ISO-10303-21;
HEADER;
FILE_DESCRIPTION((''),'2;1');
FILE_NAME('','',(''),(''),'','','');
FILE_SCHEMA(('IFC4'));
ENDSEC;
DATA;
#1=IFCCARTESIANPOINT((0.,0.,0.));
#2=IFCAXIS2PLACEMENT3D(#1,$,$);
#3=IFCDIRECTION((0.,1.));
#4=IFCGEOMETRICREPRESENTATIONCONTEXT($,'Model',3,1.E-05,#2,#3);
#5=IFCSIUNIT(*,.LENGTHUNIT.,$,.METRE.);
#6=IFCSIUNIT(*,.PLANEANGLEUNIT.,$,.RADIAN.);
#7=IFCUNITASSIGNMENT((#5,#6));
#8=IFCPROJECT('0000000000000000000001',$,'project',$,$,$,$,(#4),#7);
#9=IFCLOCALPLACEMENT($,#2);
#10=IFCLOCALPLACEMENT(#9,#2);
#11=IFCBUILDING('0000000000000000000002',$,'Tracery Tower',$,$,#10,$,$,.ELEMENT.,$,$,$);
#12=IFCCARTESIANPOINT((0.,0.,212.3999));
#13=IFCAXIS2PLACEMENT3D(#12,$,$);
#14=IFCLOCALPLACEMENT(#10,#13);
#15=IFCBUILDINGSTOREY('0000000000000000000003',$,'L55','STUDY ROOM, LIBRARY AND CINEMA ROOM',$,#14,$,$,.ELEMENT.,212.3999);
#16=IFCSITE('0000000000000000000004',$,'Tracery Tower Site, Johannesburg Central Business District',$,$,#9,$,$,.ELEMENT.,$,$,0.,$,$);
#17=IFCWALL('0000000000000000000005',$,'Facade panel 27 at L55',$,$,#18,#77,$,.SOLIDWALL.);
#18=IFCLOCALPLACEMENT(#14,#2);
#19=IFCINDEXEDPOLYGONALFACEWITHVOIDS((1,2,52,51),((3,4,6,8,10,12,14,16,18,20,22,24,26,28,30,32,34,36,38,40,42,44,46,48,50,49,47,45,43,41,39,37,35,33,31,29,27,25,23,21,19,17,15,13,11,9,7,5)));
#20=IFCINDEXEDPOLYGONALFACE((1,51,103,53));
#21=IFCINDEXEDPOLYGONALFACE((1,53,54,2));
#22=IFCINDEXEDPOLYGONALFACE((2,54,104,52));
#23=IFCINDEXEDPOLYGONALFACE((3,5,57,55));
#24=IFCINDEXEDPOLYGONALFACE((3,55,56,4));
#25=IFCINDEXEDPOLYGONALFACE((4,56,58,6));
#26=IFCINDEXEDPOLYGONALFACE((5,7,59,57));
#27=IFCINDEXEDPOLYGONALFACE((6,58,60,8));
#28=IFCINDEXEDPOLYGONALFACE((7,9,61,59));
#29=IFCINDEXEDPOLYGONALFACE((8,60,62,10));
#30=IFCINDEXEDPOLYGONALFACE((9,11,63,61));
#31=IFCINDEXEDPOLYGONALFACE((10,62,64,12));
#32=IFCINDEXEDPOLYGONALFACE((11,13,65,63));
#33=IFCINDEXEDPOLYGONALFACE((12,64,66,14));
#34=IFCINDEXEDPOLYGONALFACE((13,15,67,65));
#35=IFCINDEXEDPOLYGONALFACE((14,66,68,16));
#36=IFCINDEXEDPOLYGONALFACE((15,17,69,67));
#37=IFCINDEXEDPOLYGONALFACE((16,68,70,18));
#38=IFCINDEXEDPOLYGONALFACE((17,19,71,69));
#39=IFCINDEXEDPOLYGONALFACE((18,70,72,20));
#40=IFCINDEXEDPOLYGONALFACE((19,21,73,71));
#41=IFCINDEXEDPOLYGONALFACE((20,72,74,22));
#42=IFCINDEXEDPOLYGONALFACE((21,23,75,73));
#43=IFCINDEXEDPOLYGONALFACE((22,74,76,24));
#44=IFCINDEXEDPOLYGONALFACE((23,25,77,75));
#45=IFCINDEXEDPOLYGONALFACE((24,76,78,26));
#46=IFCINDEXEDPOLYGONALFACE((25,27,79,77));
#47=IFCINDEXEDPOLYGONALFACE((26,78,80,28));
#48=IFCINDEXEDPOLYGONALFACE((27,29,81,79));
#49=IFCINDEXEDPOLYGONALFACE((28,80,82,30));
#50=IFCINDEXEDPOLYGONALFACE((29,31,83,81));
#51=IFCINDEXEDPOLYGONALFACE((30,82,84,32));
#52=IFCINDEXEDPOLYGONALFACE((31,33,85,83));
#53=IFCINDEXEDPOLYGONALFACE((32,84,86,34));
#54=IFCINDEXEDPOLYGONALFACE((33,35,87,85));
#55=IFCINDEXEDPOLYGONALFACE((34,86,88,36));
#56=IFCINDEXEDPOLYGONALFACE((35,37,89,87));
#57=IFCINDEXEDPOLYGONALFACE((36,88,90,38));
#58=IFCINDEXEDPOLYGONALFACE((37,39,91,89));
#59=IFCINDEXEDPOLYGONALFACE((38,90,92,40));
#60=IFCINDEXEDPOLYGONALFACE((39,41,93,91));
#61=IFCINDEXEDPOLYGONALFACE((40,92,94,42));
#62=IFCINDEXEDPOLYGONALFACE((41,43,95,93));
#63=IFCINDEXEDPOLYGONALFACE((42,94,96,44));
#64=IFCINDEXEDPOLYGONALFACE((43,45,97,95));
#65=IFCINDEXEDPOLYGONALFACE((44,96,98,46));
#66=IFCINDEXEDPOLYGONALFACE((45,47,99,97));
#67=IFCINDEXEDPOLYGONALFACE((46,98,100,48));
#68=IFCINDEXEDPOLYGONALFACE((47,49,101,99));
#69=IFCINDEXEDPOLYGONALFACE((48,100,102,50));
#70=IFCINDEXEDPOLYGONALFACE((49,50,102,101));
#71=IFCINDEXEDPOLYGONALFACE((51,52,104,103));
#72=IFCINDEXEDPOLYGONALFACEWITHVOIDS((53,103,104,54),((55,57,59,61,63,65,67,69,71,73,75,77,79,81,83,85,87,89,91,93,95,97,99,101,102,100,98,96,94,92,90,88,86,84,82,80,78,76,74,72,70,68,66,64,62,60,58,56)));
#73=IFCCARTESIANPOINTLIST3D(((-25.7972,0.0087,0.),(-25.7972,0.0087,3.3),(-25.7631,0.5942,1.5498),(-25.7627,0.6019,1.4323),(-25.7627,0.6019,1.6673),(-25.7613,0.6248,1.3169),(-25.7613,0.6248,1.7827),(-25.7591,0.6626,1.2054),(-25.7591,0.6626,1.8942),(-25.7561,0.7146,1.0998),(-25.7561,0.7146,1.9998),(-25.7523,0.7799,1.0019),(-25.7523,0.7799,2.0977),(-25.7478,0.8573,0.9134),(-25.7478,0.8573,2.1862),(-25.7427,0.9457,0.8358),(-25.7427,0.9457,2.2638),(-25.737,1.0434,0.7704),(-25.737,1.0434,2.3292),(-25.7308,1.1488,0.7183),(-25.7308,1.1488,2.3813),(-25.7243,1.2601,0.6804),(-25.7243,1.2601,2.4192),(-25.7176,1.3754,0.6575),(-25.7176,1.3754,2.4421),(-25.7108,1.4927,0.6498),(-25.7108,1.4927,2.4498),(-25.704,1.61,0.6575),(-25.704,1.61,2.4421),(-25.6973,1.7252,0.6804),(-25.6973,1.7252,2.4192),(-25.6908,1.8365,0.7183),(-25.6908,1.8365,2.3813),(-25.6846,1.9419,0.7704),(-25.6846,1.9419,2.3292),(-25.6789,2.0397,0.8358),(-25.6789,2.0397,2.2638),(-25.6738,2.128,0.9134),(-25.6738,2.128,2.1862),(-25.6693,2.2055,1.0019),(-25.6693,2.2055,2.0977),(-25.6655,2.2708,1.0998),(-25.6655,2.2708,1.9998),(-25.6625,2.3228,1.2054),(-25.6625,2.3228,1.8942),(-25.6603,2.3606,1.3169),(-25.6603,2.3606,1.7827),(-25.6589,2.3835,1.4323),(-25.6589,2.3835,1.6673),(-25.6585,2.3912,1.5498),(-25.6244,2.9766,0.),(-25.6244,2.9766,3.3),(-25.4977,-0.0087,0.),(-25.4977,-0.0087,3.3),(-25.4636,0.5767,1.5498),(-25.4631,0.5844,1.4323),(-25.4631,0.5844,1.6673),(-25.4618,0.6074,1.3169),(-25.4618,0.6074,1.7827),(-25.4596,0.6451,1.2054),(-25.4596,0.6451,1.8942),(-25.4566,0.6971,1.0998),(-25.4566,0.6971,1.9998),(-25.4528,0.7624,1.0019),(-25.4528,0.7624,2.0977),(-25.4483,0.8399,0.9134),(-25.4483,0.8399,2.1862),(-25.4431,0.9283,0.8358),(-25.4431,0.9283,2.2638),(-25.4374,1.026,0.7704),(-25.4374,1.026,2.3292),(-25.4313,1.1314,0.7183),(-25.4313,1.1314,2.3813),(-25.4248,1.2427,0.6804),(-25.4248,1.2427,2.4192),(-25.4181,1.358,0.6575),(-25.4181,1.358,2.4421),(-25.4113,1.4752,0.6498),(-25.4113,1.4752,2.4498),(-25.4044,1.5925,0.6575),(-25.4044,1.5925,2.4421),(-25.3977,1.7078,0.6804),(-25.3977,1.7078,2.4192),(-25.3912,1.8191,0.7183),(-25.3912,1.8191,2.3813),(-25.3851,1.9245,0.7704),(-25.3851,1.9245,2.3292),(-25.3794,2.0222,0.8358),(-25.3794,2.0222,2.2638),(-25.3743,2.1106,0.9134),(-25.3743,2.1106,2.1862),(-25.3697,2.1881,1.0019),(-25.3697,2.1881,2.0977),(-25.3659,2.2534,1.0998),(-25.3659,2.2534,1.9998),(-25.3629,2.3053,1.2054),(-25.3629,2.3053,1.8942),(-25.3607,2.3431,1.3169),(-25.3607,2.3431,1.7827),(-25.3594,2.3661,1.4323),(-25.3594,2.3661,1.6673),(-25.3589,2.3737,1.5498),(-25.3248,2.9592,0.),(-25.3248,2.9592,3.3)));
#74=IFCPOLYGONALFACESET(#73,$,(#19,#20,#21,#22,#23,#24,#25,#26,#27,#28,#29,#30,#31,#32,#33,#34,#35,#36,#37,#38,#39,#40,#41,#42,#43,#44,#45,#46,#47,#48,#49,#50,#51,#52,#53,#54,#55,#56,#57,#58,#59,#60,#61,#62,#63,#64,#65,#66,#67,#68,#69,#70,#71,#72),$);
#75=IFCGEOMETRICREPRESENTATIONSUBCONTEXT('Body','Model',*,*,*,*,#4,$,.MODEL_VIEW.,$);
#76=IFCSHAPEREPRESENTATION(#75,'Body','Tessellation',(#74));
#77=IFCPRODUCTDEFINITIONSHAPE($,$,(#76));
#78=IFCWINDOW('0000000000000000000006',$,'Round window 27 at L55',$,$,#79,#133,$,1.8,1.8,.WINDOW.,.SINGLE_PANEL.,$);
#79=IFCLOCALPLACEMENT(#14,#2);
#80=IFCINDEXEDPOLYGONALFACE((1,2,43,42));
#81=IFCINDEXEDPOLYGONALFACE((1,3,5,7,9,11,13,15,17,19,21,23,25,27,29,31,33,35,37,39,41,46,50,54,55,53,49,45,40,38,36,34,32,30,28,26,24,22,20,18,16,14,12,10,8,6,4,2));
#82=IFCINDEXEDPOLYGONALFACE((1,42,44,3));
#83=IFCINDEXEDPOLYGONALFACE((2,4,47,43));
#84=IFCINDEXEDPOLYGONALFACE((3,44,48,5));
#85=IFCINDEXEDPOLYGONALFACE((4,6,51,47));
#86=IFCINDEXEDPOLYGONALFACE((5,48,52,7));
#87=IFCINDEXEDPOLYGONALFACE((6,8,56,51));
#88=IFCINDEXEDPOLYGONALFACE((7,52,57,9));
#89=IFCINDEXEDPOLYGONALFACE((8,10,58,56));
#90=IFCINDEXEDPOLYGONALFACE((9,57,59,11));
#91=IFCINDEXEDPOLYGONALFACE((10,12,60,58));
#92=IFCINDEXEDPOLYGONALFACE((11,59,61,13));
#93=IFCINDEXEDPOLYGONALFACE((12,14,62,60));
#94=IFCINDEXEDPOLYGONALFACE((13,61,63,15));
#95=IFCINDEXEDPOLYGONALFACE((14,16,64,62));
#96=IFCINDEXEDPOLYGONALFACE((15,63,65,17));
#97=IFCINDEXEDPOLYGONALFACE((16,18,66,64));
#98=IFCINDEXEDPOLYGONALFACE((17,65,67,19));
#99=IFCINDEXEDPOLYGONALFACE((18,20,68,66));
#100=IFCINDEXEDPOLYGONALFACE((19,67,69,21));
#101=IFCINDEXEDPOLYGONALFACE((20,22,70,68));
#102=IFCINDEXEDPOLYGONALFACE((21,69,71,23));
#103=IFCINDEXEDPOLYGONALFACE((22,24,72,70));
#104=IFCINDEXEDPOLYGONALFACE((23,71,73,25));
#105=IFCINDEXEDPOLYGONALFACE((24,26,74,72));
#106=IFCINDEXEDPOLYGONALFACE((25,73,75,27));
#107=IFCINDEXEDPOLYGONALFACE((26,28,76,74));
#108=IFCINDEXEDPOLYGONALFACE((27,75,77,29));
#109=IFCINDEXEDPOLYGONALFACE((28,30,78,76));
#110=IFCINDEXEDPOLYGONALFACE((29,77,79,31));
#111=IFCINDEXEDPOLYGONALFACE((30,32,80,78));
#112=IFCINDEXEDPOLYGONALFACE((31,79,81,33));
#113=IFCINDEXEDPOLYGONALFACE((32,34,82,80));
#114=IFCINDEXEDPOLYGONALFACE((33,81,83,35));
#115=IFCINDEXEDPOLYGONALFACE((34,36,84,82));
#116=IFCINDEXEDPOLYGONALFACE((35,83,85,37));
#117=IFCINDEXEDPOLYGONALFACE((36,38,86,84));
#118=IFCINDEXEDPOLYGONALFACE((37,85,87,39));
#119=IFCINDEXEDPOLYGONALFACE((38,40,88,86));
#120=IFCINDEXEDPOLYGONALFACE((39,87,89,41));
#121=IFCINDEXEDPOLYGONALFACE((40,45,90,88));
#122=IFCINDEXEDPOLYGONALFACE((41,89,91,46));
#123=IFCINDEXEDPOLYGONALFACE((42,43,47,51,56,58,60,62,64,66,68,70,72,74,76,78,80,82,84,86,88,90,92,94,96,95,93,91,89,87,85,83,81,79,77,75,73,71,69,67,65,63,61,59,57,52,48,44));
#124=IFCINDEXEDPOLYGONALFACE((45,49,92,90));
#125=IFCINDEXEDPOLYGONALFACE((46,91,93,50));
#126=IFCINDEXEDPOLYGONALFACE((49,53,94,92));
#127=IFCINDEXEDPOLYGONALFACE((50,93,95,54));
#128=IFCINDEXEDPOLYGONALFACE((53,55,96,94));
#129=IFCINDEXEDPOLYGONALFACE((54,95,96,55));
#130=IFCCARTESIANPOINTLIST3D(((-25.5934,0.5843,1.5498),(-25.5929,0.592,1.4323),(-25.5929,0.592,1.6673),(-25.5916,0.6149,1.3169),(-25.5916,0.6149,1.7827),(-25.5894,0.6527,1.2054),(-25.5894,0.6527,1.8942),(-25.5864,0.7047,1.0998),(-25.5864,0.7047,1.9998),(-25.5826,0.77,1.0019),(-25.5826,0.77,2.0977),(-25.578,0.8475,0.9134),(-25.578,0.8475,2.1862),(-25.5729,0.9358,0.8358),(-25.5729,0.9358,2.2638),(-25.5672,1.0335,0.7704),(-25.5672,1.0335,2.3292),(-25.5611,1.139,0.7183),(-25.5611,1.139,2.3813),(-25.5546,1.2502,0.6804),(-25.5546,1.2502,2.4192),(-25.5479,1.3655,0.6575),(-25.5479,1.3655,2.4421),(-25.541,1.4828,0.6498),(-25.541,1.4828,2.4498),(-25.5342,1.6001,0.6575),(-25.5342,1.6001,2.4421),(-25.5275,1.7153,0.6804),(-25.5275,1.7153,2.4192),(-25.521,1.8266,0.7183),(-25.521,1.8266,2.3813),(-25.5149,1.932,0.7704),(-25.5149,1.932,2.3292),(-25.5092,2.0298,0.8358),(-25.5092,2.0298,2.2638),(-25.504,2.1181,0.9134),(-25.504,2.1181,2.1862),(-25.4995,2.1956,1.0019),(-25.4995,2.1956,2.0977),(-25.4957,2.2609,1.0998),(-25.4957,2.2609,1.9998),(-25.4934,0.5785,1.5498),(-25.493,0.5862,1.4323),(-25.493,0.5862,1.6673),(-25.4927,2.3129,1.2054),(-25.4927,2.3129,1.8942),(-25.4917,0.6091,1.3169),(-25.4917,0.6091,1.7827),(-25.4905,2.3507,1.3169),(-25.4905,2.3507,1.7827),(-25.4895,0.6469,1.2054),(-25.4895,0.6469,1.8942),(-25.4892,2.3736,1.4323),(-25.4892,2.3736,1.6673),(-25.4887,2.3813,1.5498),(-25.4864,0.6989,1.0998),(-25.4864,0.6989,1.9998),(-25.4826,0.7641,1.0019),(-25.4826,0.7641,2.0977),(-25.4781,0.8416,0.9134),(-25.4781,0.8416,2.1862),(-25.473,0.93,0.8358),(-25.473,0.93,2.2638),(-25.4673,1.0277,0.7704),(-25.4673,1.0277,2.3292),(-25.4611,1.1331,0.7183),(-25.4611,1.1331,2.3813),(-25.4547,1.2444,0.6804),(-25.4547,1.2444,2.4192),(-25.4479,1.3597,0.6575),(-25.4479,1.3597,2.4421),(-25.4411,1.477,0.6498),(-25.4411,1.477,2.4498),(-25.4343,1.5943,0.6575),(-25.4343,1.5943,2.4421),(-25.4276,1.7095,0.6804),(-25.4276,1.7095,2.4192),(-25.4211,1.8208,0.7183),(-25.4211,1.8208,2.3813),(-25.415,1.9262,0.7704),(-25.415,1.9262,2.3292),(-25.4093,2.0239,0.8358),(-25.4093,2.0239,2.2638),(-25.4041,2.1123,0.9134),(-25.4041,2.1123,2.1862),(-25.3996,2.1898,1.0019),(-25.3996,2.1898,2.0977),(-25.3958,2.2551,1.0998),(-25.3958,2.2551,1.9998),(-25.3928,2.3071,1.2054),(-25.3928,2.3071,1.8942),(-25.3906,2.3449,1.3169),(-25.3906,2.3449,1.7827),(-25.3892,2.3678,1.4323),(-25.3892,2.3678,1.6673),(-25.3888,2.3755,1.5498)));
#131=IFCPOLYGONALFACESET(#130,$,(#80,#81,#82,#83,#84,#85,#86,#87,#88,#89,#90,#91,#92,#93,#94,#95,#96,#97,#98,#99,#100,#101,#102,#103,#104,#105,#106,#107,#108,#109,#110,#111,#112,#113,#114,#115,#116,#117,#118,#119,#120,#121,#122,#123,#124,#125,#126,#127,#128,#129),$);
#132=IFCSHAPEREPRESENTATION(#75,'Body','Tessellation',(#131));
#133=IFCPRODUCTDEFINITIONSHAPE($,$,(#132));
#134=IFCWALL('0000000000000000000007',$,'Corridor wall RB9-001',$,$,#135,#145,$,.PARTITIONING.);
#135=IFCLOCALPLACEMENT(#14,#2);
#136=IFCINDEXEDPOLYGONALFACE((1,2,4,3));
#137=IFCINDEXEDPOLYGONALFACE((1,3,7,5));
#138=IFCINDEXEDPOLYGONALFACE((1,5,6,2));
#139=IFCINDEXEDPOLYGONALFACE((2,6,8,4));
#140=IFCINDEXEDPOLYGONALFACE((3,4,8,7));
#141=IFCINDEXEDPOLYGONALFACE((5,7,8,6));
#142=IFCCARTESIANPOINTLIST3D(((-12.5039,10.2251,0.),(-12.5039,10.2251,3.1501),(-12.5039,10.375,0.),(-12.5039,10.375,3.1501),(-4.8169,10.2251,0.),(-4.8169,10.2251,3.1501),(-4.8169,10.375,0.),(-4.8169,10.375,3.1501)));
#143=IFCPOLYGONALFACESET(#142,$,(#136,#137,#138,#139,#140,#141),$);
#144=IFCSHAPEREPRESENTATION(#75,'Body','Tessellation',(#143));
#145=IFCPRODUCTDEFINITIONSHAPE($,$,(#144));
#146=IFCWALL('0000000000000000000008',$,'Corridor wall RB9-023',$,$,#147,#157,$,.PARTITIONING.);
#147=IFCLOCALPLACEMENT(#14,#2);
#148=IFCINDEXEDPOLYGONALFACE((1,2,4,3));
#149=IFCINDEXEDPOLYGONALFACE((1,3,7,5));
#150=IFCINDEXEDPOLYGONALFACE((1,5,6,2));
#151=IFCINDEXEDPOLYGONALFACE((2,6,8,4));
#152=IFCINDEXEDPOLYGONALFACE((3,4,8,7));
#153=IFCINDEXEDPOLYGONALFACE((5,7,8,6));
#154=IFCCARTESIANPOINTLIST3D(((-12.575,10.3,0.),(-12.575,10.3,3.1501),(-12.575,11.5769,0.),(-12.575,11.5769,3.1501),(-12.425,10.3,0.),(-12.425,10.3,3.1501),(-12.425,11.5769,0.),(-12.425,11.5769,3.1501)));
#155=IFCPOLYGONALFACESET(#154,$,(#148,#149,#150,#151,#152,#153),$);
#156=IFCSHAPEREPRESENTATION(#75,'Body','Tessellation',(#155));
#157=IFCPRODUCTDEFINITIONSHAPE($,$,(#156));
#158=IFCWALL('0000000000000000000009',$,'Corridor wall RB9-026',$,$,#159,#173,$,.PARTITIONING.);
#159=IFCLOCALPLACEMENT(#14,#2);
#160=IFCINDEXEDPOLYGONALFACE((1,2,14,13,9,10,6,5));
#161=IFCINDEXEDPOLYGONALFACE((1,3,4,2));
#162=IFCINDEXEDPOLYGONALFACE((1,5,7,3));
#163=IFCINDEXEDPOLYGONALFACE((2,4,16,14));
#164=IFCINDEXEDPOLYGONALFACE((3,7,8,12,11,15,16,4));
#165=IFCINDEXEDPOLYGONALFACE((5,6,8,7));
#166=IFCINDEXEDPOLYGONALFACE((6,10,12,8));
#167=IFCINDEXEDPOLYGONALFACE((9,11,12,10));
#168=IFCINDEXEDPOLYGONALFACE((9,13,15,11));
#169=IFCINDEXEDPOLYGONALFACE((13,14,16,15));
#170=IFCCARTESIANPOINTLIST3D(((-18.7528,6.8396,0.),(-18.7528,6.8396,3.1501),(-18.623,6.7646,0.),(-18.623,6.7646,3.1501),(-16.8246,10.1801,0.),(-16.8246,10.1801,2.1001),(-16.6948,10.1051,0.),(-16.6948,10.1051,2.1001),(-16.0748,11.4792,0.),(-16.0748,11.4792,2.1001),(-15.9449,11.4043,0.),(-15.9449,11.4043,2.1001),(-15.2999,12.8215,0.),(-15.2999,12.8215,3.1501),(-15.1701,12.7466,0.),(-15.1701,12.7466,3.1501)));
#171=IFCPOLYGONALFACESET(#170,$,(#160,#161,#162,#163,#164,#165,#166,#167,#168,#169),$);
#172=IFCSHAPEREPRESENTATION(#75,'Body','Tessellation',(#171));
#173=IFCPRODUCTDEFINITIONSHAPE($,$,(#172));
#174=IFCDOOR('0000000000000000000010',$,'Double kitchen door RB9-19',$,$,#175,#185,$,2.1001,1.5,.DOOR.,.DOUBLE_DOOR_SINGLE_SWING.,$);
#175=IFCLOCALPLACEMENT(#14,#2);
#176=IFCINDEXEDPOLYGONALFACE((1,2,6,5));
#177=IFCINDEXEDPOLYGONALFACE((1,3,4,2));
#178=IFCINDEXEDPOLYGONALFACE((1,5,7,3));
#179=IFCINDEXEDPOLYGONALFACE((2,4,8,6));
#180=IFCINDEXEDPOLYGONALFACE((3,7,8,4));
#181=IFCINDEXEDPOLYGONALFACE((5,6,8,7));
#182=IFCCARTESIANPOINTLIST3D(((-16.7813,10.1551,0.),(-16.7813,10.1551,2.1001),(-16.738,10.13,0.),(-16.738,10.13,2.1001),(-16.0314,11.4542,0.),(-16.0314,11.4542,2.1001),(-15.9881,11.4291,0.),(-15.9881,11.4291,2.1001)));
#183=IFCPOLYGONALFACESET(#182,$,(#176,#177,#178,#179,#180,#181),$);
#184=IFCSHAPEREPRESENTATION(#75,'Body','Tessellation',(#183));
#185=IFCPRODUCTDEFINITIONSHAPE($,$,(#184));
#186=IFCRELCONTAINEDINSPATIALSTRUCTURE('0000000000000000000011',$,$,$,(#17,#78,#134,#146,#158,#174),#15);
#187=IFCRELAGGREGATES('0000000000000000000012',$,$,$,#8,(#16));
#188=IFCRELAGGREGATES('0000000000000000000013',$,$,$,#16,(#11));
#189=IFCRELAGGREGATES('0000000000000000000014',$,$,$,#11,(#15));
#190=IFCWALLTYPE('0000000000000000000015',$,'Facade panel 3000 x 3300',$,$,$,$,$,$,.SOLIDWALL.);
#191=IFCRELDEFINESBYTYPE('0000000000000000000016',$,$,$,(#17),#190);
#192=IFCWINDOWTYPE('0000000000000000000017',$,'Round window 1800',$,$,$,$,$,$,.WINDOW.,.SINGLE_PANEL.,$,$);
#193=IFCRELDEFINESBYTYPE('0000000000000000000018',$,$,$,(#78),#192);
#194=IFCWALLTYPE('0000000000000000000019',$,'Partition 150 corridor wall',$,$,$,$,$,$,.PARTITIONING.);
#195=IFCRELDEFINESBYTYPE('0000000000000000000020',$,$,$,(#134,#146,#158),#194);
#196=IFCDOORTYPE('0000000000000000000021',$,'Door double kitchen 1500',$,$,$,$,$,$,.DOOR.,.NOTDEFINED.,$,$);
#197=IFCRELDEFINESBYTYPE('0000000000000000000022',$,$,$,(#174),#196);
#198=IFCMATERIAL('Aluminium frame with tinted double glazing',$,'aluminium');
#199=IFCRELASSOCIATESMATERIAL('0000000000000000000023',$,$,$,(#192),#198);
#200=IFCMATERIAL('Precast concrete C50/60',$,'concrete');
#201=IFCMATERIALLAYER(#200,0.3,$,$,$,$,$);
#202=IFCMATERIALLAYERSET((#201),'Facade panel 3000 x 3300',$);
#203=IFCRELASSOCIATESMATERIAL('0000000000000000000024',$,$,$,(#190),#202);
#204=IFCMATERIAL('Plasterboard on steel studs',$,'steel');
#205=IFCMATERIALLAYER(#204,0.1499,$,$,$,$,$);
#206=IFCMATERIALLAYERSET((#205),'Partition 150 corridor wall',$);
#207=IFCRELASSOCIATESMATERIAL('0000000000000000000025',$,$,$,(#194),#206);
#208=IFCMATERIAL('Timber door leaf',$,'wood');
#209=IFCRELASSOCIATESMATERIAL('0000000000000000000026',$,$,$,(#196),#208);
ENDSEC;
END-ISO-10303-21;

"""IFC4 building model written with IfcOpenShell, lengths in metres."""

from ifc_helpers import new_model, si_unit, direction, frame, frame_2d, origin, origin_2d, place, context, subcontext, project, spatial, rectangle, circle, extrude, material, layer, layer_set, type_object, element, fill, save


model = new_model("IFC4")

# Units and contexts
model_context = context("Model", 3, precision=1e-05, world=origin(), true_north=direction((0.0, 1.0)))
body_context = subcontext(model_context, "Body", "Model", "MODEL_VIEW")
ifc_project = project(units=[si_unit("LENGTHUNIT", "METRE"), si_unit("PLANEANGLEUNIT", "RADIAN")], contexts=[model_context])

# Site, building, storey
site_placement = place(None, origin())
site = spatial("IfcSite", under=ifc_project, at=site_placement, Name="Tracery Tower Site, Johannesburg Central Business District", CompositionType="ELEMENT", RefElevation=0.0)
building_placement = place(site_placement, origin())
building = spatial("IfcBuilding", under=site, at=building_placement, Name="Tracery Tower", CompositionType="ELEMENT")
storey_placement = place(building_placement, frame((0.0, 0.0, 212.3999)))
storey = spatial("IfcBuildingStorey", under=building, at=storey_placement, Name="L55", Description="STUDY ROOM, LIBRARY AND CINEMA ROOM", CompositionType="ELEMENT", Elevation=212.3999)

# Wall, opening, window
ifc_material_1 = material(Name="Aluminium frame with tinted double glazing", Category="aluminium")
window_type = type_object("IfcWindowType", Name="Round window 1800", PartitioningType="SINGLE_PANEL", PredefinedType="WINDOW", material=ifc_material_1)
ifc_material_2 = material(Name="Precast concrete C50/60", Category="concrete")
ifc_layer_1 = layer(ifc_material_2, 0.3)
ifc_layer_set_1 = layer_set([ifc_layer_1], Name="Facade panel 3000 x 3300")
wall_type_1 = type_object("IfcWallType", Name="Facade panel 3000 x 3300", PredefinedType="SOLIDWALL", material=ifc_layer_set_1)
wall_1_placement = place(storey_placement, frame((-25.4746, 2.9678, 0.0), z_axis=(0.0, 0.0, 1.0), x_axis=(-0.058144, -0.998308, 0.0)))
wall_1 = element("IfcWall", 1, at=wall_1_placement, inside=storey, type_object=wall_type_1, Name="Facade panel 27 at L55", PredefinedType="SOLIDWALL", context=body_context, shape_type="SweptSolid", body=[
    extrude(rectangle(XDim=2.9729, YDim=0.3, at=frame_2d((1.4863, 0.0))), origin(), (0.0, 0.0, 1.0), 3.3),
])
opening_1_placement = place(wall_1_placement, frame((1.4863, 0.0, 1.5498)))
opening_1 = element("IfcOpeningElement", 2, at=opening_1_placement, cuts=wall_1, PredefinedType="OPENING", context=body_context, shape_type="SweptSolid", body=[
    extrude(circle(Radius=0.9, at=origin_2d()), frame((0.0, 0.1599, 0.0), z_axis=(0.0, -1.0, 0.0), x_axis=(1.0, 0.0, 0.0)), (0.0, 0.0, 1.0), 0.3201),
])
window_1_placement = place(opening_1_placement, origin())
window_1 = element("IfcWindow", 3, at=window_1_placement, inside=storey, type_object=window_type, Name="Round window 27 at L55", OverallHeight=1.8, OverallWidth=1.8, PartitioningType="SINGLE_PANEL", PredefinedType="WINDOW", context=body_context, shape_type="SweptSolid", body=[
    extrude(circle(Radius=0.9, at=origin_2d()), frame((0.0, 0.1201, 0.0), z_axis=(0.0, -1.0, 0.0), x_axis=(1.0, 0.0, 0.0)), (0.0, 0.0, 1.0), 0.1001),
])
fill(opening_1, window_1)

# Walls
ifc_material_3 = material(Name="Plasterboard on steel studs", Category="steel")
ifc_layer_2 = layer(ifc_material_3, 0.1499)
ifc_layer_set_2 = layer_set([ifc_layer_2], Name="Partition 150 corridor wall")
wall_type_2 = type_object("IfcWallType", Name="Partition 150 corridor wall", PredefinedType="PARTITIONING", material=ifc_layer_set_2)
wall_2_placement = place(storey_placement, frame((-12.5039, 10.3, 0.0), z_axis=(0.0, 0.0, 1.0), x_axis=(1.0, 0.0, 0.0)))
element("IfcWall", 4, at=wall_2_placement, inside=storey, type_object=wall_type_2, Name="Corridor wall RB9-001", PredefinedType="PARTITIONING", context=body_context, shape_type="SweptSolid", body=[
    extrude(rectangle(XDim=7.687, YDim=0.1499, at=frame_2d((3.8435, 0.0))), origin(), (0.0, 0.0, 1.0), 3.1501),
])
wall_3_placement = place(storey_placement, frame((-12.5, 10.3, 0.0), z_axis=(0.0, 0.0, 1.0), x_axis=(0.0, 1.0, 0.0)))
element("IfcWall", 5, at=wall_3_placement, inside=storey, type_object=wall_type_2, Name="Corridor wall RB9-023", PredefinedType="PARTITIONING", context=body_context, shape_type="SweptSolid", body=[
    extrude(rectangle(XDim=1.2769, YDim=0.1499, at=frame_2d((0.6384, 0.0))), origin(), (0.0, 0.0, 1.0), 3.1501),
])

# Wall, opening, door
wall_4_placement = place(storey_placement, frame((-18.688, 6.802, 0.0), z_axis=(0.0, 0.0, 1.0), x_axis=(0.499914, 0.866075, 0.0)))
wall_4 = element("IfcWall", 6, at=wall_4_placement, inside=storey, type_object=wall_type_2, Name="Corridor wall RB9-026", PredefinedType="PARTITIONING", context=body_context, shape_type="SweptSolid", body=[
    extrude(rectangle(XDim=6.907, YDim=0.1499, at=frame_2d((3.4536, 0.0))), origin(), (0.0, 0.0, 1.0), 3.1501),
])
opening_2_placement = place(wall_4_placement, frame((3.8572, 0.0, 0.0)))
opening_2 = element("IfcOpeningElement", 7, at=opening_2_placement, cuts=wall_4, PredefinedType="OPENING", context=body_context, shape_type="SweptSolid", body=[
    extrude(rectangle(XDim=1.5, YDim=2.1001, at=frame_2d((0.75, 1.05))), frame((0.0, 0.075, 0.0), z_axis=(0.0, -1.0, 0.0), x_axis=(1.0, 0.0, 0.0)), (0.0, 0.0, 1.0), 0.1499),
])
ifc_material_4 = material(Name="Timber door leaf", Category="wood")
door_type_1 = type_object("IfcDoorType", Name="Door double kitchen 1500", OperationType="NOTDEFINED", PredefinedType="DOOR", material=ifc_material_4)
door_1_placement = place(opening_2_placement, origin())
door_1 = element("IfcDoor", 8, at=door_1_placement, inside=storey, type_object=door_type_1, Name="Double kitchen door RB9-19", OperationType="DOUBLE_DOOR_SINGLE_SWING", OverallHeight=2.1001, OverallWidth=1.5, PredefinedType="DOOR", context=body_context, shape_type="SweptSolid", body=[
    extrude(rectangle(XDim=1.5, YDim=2.1001, at=frame_2d((0.75, 1.05))), frame((0.0, 0.0249, 0.0), z_axis=(0.0, -1.0, 0.0), x_axis=(1.0, 0.0, 0.0)), (0.0, 0.0, 1.0), 0.05),
])
fill(opening_2, door_1)

save(model, "model.ifc")
